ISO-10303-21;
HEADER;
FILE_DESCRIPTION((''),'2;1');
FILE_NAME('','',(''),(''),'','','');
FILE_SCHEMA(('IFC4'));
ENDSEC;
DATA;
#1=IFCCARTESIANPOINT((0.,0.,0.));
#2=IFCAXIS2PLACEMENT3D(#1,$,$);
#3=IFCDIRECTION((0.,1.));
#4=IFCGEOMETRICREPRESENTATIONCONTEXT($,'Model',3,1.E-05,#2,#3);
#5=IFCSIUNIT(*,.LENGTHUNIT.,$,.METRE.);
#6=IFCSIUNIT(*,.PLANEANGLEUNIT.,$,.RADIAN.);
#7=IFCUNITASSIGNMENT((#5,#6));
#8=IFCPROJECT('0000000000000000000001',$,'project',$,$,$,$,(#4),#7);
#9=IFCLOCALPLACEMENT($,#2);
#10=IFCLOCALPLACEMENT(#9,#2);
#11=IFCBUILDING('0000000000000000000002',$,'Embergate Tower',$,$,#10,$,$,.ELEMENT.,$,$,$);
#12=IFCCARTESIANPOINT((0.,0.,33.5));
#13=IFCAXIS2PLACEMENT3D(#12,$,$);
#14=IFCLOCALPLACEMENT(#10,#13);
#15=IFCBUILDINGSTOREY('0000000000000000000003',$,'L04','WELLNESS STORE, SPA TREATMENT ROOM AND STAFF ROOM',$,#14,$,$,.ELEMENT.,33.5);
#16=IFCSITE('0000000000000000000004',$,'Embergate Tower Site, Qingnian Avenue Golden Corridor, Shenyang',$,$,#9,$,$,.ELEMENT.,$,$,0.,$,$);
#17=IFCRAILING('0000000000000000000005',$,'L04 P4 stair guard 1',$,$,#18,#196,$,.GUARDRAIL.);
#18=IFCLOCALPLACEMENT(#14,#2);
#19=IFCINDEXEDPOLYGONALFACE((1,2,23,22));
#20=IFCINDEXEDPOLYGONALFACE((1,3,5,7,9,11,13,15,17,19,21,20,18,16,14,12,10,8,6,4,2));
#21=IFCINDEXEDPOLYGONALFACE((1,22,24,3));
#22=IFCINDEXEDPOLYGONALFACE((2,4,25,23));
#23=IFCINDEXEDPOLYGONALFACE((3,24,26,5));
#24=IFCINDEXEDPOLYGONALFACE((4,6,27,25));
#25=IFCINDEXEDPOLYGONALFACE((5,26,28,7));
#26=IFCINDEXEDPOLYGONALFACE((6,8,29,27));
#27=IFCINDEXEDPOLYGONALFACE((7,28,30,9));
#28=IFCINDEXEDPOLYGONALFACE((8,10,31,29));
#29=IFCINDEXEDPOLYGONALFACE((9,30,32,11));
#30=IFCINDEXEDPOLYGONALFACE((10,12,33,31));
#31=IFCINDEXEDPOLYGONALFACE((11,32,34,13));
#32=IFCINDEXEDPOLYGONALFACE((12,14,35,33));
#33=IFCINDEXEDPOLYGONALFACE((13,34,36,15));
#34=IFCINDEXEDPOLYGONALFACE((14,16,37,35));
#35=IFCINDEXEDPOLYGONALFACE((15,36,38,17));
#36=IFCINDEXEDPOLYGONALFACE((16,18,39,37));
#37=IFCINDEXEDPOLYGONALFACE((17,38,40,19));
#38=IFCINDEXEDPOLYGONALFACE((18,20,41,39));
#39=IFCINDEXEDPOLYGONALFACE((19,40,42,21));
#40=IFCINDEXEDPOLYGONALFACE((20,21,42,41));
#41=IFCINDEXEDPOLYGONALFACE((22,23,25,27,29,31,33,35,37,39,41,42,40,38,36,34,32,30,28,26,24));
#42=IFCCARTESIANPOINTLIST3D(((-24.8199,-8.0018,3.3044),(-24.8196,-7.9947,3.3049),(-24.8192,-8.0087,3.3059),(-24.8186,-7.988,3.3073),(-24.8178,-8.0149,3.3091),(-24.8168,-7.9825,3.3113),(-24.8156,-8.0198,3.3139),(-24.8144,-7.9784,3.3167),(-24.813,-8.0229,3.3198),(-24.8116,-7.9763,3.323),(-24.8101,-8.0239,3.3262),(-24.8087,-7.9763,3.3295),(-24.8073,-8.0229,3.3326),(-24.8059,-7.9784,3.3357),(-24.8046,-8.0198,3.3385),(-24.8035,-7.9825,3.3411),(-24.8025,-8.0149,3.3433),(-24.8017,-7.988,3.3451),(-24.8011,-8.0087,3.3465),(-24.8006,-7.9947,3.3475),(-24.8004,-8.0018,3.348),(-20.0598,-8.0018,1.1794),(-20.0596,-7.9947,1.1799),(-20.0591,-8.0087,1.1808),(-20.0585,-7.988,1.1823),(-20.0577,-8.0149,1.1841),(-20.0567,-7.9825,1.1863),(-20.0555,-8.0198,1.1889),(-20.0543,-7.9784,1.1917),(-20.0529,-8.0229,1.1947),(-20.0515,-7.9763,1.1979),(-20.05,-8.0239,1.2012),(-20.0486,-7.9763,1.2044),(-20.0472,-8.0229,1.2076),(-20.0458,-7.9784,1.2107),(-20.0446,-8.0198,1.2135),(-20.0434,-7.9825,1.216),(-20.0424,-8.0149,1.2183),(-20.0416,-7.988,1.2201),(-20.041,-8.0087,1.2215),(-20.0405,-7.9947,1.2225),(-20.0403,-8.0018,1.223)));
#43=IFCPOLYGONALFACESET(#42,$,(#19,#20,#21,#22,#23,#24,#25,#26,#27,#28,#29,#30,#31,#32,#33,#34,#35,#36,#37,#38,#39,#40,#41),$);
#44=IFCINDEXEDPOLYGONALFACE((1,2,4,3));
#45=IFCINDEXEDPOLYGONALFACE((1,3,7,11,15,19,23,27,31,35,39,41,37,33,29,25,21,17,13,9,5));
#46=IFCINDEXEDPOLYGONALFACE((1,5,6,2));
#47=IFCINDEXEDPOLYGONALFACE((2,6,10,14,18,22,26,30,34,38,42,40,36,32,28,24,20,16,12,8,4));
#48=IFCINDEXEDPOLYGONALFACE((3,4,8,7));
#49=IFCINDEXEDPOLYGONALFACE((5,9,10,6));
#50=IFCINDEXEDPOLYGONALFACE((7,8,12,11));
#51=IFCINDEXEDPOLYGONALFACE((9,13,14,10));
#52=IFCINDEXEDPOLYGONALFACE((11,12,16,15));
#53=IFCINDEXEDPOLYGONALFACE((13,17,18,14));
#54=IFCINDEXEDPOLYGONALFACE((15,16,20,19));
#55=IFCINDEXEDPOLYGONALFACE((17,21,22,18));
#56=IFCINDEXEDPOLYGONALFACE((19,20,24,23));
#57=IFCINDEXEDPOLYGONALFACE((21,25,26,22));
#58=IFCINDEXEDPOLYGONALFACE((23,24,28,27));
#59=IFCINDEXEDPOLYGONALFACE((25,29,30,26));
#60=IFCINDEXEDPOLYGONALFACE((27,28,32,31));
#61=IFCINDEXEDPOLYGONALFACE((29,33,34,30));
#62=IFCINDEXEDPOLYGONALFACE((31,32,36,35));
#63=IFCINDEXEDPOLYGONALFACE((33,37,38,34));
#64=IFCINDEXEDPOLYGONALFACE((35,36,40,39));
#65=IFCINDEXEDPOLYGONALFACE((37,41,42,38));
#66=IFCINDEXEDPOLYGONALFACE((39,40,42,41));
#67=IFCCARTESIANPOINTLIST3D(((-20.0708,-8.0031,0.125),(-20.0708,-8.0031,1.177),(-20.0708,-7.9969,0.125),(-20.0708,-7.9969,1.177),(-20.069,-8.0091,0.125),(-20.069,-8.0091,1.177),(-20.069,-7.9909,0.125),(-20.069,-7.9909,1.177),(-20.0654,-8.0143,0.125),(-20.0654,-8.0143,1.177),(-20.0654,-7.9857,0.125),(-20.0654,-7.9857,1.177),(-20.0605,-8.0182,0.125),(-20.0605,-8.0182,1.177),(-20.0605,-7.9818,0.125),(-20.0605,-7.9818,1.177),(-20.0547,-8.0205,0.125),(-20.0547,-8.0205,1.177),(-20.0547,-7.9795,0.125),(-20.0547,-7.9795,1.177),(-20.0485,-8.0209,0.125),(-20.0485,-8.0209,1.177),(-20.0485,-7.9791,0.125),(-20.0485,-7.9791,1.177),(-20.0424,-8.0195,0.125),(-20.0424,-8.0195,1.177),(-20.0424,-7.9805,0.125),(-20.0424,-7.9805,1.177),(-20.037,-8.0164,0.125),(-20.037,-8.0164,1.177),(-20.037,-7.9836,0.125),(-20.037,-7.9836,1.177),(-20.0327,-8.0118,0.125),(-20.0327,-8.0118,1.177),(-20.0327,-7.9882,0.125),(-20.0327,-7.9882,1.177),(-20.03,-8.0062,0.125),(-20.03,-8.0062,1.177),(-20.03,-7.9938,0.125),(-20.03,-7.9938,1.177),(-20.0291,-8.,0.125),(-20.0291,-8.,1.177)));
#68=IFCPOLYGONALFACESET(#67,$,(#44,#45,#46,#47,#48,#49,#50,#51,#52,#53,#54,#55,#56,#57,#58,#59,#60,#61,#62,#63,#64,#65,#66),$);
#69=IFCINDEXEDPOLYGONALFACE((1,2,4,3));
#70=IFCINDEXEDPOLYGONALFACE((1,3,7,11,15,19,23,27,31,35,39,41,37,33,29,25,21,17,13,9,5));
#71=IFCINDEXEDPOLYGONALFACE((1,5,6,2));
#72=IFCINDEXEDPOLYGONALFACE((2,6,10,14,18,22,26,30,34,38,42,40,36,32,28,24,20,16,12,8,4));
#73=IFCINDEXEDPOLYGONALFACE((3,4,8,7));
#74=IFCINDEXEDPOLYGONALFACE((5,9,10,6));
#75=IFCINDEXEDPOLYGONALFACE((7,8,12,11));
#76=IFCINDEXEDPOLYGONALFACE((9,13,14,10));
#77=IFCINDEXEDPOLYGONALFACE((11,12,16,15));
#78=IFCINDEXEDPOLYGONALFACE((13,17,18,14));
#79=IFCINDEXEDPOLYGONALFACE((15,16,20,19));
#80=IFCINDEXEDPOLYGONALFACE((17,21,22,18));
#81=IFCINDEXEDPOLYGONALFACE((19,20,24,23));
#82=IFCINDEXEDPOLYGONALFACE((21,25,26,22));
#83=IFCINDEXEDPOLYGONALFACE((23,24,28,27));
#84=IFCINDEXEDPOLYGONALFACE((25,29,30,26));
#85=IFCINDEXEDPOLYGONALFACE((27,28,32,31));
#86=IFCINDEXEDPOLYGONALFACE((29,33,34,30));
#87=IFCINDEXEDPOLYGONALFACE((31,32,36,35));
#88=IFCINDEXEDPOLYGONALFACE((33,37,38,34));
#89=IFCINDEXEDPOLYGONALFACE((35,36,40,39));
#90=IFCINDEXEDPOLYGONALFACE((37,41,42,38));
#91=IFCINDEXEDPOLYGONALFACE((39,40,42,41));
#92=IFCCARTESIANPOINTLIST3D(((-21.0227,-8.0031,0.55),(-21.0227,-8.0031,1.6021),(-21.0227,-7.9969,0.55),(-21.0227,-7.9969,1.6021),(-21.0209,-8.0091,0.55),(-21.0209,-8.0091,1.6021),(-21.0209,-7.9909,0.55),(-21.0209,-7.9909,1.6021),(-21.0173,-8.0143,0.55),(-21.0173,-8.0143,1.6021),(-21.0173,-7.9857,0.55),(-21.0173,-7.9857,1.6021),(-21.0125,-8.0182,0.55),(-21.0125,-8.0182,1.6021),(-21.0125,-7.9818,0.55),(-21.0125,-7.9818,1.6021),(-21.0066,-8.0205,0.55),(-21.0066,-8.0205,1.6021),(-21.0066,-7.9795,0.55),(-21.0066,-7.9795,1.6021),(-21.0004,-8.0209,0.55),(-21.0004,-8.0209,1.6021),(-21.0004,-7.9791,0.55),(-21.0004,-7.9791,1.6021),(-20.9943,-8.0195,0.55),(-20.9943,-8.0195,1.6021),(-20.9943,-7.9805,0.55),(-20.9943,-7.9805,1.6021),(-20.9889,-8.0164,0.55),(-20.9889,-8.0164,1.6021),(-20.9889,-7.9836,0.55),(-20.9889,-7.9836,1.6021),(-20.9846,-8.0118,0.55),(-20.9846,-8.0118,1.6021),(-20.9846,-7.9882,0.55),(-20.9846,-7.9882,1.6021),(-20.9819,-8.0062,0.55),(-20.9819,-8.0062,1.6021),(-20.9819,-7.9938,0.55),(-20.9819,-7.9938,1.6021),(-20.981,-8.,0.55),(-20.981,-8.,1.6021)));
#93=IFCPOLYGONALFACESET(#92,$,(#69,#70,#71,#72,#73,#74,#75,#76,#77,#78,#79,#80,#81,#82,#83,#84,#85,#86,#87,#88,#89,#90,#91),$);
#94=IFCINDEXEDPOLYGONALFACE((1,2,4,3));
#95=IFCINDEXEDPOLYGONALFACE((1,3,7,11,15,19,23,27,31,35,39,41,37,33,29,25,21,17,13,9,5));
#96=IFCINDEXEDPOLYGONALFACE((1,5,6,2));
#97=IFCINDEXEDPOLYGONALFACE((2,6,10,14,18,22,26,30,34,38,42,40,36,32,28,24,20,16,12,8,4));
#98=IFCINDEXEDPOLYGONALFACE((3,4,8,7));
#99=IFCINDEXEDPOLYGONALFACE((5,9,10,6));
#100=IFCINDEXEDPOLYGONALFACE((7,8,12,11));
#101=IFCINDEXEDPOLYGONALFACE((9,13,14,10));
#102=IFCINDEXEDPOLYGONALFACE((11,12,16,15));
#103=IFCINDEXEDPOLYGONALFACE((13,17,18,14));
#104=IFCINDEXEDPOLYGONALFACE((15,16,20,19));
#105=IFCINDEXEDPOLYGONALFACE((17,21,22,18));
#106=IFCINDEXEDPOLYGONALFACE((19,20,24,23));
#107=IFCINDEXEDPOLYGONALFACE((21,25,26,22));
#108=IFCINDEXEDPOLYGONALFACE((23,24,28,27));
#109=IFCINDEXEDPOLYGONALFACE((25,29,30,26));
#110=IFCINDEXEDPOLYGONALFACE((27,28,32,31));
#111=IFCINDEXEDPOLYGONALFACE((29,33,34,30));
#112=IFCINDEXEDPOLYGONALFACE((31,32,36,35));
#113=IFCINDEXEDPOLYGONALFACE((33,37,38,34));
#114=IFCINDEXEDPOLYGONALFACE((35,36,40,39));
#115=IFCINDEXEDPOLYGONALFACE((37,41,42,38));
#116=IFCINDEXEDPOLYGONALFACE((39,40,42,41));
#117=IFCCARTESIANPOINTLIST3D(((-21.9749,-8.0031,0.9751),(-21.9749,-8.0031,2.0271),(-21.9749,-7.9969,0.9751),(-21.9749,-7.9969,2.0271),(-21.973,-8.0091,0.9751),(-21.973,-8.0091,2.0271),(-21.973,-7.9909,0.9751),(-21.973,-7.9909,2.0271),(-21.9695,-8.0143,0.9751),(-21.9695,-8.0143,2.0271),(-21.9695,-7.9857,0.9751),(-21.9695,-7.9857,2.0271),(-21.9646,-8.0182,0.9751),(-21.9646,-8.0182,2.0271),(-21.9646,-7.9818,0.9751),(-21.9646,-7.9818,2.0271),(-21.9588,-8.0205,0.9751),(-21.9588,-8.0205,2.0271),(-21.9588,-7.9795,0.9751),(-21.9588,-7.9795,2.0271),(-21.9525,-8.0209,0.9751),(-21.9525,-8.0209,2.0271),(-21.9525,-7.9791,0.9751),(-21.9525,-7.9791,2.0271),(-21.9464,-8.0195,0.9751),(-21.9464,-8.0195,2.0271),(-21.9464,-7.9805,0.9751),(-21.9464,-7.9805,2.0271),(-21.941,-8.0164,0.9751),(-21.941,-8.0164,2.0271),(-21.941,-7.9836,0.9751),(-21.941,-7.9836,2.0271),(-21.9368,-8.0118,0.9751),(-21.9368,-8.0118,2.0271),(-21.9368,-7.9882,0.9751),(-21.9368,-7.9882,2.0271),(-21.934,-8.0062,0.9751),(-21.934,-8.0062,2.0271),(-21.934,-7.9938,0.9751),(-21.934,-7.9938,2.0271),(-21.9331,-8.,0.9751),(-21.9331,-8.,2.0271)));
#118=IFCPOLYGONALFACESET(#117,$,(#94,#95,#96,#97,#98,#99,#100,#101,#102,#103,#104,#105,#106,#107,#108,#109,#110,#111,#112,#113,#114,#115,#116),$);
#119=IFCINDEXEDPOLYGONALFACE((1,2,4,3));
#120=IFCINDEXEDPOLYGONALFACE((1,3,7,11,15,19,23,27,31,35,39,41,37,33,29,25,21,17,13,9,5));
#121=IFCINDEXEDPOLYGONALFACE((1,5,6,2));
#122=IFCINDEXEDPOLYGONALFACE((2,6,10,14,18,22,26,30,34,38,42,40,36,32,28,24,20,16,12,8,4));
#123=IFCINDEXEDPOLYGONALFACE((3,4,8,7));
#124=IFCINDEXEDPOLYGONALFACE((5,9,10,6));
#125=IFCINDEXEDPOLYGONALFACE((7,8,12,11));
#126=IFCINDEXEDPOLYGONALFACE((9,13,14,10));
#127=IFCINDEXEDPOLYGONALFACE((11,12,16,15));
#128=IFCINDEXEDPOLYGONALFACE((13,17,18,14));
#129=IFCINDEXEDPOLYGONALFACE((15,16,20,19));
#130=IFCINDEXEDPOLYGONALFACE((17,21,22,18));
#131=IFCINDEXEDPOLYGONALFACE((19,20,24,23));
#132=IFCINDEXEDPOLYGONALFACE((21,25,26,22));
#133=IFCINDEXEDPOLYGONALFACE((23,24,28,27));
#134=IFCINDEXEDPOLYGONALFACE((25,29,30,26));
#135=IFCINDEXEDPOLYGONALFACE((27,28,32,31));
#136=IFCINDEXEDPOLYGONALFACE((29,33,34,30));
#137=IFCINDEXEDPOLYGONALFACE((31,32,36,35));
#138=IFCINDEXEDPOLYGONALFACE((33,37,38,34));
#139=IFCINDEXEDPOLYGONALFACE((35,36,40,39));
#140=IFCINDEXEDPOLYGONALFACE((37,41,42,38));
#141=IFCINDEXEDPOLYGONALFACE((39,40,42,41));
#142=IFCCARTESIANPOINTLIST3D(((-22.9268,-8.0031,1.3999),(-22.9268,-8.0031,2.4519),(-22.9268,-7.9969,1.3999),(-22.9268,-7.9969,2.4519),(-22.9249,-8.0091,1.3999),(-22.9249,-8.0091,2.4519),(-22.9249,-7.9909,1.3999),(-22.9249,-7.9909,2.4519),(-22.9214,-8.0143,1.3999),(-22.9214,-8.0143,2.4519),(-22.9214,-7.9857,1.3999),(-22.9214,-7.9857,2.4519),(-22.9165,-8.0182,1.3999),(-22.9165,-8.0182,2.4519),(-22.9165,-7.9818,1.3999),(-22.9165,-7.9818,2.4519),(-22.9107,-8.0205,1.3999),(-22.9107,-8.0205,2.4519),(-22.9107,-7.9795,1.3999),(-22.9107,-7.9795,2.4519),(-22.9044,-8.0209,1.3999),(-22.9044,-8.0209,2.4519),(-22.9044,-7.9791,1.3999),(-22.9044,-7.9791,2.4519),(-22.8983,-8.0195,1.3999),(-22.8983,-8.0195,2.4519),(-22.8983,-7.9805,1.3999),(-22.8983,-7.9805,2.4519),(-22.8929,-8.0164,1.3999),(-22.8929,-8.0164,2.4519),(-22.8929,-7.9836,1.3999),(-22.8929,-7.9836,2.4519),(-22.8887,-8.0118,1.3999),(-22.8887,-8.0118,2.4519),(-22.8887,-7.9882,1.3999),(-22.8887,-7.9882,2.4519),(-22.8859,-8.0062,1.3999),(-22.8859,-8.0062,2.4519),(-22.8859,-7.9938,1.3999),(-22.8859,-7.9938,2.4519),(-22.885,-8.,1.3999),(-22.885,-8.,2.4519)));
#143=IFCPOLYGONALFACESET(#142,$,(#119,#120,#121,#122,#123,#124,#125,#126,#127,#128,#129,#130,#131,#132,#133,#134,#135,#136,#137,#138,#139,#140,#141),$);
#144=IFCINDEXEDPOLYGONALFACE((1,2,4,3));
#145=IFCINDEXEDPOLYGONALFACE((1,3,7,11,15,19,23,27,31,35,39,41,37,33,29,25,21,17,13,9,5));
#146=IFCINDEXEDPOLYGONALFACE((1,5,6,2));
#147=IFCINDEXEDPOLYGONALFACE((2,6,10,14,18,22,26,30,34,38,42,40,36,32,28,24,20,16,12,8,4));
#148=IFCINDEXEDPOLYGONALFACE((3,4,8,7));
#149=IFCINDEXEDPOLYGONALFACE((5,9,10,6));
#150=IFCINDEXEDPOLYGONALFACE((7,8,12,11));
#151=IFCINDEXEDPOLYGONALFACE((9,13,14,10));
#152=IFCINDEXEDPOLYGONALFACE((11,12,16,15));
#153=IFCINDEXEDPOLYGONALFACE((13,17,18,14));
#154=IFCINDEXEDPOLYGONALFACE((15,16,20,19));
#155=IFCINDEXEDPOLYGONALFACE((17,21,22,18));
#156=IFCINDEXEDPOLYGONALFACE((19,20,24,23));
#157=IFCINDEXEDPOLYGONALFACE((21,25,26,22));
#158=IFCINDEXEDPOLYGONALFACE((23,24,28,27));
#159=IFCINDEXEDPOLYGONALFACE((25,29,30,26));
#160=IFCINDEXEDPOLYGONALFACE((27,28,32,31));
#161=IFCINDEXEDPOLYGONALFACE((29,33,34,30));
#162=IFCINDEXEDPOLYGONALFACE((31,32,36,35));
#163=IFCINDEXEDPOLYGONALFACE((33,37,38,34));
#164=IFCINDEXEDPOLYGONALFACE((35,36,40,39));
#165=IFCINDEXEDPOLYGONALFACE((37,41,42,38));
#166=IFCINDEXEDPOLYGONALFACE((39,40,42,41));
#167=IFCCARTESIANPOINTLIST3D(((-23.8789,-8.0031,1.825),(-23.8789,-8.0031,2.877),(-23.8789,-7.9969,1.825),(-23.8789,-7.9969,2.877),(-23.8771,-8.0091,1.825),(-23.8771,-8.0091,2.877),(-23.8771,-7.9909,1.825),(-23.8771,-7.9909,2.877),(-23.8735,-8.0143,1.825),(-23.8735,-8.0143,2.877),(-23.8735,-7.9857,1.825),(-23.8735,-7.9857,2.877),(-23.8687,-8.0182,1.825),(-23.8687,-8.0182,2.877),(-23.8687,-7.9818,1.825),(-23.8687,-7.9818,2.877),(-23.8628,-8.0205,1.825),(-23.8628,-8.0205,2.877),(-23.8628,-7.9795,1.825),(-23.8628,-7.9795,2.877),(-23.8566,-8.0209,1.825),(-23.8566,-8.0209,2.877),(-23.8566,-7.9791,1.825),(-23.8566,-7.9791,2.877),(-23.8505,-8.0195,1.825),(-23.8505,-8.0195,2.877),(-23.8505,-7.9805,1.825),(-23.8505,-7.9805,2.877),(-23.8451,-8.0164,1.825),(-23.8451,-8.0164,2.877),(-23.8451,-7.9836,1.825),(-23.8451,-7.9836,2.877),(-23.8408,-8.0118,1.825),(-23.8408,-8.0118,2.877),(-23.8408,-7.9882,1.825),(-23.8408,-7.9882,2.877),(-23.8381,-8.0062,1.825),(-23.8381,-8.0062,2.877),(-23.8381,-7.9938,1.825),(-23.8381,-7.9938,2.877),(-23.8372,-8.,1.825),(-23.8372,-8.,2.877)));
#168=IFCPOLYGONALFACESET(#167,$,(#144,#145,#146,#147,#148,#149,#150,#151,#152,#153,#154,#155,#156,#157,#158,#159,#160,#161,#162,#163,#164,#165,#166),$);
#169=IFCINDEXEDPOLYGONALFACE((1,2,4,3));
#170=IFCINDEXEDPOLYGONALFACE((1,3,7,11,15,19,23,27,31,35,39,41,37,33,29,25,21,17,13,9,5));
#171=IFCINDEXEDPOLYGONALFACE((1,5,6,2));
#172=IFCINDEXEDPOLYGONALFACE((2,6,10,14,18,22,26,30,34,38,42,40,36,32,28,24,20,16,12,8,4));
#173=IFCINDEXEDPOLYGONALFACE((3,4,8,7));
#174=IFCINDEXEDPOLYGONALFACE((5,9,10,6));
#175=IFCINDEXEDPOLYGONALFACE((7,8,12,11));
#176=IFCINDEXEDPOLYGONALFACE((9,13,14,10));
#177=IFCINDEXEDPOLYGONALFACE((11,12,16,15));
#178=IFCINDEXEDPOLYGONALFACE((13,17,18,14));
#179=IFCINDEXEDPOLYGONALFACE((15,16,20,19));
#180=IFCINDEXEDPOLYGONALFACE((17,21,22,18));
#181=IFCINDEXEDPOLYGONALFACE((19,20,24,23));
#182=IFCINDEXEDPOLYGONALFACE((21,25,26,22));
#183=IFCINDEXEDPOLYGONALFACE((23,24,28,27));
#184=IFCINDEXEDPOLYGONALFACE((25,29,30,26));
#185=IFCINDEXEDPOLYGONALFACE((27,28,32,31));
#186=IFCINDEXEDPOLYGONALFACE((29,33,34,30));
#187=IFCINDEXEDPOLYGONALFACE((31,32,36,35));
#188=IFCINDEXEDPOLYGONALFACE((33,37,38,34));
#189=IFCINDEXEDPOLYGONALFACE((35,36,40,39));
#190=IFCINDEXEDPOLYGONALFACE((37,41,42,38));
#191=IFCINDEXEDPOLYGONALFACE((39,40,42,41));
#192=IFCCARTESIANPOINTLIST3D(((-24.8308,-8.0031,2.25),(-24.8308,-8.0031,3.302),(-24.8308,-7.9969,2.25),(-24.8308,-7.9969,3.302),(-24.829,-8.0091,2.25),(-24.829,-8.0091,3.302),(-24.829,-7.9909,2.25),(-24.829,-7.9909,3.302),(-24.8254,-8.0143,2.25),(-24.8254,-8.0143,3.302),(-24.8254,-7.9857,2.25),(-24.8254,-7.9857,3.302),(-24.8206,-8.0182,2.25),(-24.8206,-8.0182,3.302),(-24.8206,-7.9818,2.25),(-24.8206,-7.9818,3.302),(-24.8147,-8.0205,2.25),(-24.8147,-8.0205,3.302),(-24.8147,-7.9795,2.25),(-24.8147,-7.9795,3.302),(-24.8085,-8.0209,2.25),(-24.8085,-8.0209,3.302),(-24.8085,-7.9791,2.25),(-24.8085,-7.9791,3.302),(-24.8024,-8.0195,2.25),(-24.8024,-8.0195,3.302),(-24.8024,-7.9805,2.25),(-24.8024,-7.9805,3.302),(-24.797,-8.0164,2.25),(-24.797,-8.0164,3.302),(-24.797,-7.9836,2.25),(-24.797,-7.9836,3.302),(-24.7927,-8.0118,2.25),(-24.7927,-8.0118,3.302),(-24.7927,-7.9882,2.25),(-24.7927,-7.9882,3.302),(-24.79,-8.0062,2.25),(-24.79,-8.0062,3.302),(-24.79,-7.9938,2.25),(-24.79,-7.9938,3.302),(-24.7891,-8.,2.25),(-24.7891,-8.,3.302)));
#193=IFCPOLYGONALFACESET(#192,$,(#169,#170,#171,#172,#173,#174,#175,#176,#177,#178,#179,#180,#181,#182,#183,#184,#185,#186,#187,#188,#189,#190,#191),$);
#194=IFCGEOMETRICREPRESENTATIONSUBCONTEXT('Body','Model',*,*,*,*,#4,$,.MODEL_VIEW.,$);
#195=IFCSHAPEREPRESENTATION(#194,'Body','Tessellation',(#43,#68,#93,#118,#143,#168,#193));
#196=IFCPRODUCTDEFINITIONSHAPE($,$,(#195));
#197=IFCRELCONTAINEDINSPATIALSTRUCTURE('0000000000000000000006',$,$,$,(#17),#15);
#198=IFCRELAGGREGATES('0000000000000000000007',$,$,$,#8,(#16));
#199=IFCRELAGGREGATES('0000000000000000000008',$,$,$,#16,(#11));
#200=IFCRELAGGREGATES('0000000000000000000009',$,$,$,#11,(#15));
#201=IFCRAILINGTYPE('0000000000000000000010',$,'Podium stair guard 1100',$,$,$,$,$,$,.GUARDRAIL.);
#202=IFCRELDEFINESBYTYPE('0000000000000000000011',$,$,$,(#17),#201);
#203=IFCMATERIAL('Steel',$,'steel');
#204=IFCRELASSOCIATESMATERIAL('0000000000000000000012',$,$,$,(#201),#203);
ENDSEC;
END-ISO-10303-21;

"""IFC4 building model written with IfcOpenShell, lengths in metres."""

from ifc_helpers import new_model, si_unit, direction, frame, origin, origin_2d, place, context, subcontext, project, spatial, circle, extrude, source, transform, mapped, material, type_object, element, save


model = new_model("IFC4")

# Units and contexts
model_context = context("Model", 3, precision=1e-05, world=origin(), true_north=direction((0.0, 1.0)))
body_context = subcontext(model_context, "Body", "Model", "MODEL_VIEW")
ifc_project = project(units=[si_unit("LENGTHUNIT", "METRE"), si_unit("PLANEANGLEUNIT", "RADIAN")], contexts=[model_context])

# Site, building, storey
site_placement = place(None, origin())
site = spatial("IfcSite", under=ifc_project, at=site_placement, Name="Embergate Tower Site, Qingnian Avenue Golden Corridor, Shenyang", CompositionType="ELEMENT", RefElevation=0.0)
building_placement = place(site_placement, origin())
building = spatial("IfcBuilding", under=site, at=building_placement, Name="Embergate Tower", CompositionType="ELEMENT")
storey_placement = place(building_placement, frame((0.0, 0.0, 33.5)))
storey = spatial("IfcBuildingStorey", under=building, at=storey_placement, Name="L04", Description="WELLNESS STORE, SPA TREATMENT ROOM AND STAFF ROOM", CompositionType="ELEMENT", Elevation=33.5)

# Railing
ifc_material_1 = material(Name="Steel", Category="steel")
railing_type_1 = type_object("IfcRailingType", Name="Podium stair guard 1100", PredefinedType="GUARDRAIL", material=ifc_material_1)
shared_shape_1 = source(origin(), body_context, "Body", "SweptSolid", [
    extrude(circle(Radius=0.0239, at=origin_2d()), frame((0.0, 0.0, 1.0762), z_axis=(-0.913138, 0.0, 0.40765), x_axis=(0.0, -1.0, 0.0)), (0.0, 0.0, 1.0), 5.2129),
    extrude(circle(Radius=0.021, at=origin_2d()), origin(), (0.0, 0.0, 1.0), 1.052),
    extrude(circle(Radius=0.021, at=origin_2d()), frame((-0.9519, 0.0, 0.425)), (0.0, 0.0, 1.0), 1.052),
    extrude(circle(Radius=0.021, at=origin_2d()), frame((-1.9041, 0.0, 0.8501)), (0.0, 0.0, 1.0), 1.052),
    extrude(circle(Radius=0.021, at=origin_2d()), frame((-2.856, 0.0, 1.2749)), (0.0, 0.0, 1.0), 1.052),
    extrude(circle(Radius=0.021, at=origin_2d()), frame((-3.8081, 0.0, 1.7)), (0.0, 0.0, 1.0), 1.052),
    extrude(circle(Radius=0.021, at=origin_2d()), frame((-4.76, 0.0, 2.125)), (0.0, 0.0, 1.0), 1.052),
])
railing_1_placement = place(storey_placement, frame((-20.05, -8.0, 0.125)))
element("IfcRailing", 1, at=railing_1_placement, inside=storey, type_object=railing_type_1, Name="L04 P4 stair guard 1", PredefinedType="GUARDRAIL", context=body_context, shape_type="MappedRepresentation", body=[
    mapped(shared_shape_1, transform((0.0, 0.0, 0.0))),
])

save(model, "model.ifc")
